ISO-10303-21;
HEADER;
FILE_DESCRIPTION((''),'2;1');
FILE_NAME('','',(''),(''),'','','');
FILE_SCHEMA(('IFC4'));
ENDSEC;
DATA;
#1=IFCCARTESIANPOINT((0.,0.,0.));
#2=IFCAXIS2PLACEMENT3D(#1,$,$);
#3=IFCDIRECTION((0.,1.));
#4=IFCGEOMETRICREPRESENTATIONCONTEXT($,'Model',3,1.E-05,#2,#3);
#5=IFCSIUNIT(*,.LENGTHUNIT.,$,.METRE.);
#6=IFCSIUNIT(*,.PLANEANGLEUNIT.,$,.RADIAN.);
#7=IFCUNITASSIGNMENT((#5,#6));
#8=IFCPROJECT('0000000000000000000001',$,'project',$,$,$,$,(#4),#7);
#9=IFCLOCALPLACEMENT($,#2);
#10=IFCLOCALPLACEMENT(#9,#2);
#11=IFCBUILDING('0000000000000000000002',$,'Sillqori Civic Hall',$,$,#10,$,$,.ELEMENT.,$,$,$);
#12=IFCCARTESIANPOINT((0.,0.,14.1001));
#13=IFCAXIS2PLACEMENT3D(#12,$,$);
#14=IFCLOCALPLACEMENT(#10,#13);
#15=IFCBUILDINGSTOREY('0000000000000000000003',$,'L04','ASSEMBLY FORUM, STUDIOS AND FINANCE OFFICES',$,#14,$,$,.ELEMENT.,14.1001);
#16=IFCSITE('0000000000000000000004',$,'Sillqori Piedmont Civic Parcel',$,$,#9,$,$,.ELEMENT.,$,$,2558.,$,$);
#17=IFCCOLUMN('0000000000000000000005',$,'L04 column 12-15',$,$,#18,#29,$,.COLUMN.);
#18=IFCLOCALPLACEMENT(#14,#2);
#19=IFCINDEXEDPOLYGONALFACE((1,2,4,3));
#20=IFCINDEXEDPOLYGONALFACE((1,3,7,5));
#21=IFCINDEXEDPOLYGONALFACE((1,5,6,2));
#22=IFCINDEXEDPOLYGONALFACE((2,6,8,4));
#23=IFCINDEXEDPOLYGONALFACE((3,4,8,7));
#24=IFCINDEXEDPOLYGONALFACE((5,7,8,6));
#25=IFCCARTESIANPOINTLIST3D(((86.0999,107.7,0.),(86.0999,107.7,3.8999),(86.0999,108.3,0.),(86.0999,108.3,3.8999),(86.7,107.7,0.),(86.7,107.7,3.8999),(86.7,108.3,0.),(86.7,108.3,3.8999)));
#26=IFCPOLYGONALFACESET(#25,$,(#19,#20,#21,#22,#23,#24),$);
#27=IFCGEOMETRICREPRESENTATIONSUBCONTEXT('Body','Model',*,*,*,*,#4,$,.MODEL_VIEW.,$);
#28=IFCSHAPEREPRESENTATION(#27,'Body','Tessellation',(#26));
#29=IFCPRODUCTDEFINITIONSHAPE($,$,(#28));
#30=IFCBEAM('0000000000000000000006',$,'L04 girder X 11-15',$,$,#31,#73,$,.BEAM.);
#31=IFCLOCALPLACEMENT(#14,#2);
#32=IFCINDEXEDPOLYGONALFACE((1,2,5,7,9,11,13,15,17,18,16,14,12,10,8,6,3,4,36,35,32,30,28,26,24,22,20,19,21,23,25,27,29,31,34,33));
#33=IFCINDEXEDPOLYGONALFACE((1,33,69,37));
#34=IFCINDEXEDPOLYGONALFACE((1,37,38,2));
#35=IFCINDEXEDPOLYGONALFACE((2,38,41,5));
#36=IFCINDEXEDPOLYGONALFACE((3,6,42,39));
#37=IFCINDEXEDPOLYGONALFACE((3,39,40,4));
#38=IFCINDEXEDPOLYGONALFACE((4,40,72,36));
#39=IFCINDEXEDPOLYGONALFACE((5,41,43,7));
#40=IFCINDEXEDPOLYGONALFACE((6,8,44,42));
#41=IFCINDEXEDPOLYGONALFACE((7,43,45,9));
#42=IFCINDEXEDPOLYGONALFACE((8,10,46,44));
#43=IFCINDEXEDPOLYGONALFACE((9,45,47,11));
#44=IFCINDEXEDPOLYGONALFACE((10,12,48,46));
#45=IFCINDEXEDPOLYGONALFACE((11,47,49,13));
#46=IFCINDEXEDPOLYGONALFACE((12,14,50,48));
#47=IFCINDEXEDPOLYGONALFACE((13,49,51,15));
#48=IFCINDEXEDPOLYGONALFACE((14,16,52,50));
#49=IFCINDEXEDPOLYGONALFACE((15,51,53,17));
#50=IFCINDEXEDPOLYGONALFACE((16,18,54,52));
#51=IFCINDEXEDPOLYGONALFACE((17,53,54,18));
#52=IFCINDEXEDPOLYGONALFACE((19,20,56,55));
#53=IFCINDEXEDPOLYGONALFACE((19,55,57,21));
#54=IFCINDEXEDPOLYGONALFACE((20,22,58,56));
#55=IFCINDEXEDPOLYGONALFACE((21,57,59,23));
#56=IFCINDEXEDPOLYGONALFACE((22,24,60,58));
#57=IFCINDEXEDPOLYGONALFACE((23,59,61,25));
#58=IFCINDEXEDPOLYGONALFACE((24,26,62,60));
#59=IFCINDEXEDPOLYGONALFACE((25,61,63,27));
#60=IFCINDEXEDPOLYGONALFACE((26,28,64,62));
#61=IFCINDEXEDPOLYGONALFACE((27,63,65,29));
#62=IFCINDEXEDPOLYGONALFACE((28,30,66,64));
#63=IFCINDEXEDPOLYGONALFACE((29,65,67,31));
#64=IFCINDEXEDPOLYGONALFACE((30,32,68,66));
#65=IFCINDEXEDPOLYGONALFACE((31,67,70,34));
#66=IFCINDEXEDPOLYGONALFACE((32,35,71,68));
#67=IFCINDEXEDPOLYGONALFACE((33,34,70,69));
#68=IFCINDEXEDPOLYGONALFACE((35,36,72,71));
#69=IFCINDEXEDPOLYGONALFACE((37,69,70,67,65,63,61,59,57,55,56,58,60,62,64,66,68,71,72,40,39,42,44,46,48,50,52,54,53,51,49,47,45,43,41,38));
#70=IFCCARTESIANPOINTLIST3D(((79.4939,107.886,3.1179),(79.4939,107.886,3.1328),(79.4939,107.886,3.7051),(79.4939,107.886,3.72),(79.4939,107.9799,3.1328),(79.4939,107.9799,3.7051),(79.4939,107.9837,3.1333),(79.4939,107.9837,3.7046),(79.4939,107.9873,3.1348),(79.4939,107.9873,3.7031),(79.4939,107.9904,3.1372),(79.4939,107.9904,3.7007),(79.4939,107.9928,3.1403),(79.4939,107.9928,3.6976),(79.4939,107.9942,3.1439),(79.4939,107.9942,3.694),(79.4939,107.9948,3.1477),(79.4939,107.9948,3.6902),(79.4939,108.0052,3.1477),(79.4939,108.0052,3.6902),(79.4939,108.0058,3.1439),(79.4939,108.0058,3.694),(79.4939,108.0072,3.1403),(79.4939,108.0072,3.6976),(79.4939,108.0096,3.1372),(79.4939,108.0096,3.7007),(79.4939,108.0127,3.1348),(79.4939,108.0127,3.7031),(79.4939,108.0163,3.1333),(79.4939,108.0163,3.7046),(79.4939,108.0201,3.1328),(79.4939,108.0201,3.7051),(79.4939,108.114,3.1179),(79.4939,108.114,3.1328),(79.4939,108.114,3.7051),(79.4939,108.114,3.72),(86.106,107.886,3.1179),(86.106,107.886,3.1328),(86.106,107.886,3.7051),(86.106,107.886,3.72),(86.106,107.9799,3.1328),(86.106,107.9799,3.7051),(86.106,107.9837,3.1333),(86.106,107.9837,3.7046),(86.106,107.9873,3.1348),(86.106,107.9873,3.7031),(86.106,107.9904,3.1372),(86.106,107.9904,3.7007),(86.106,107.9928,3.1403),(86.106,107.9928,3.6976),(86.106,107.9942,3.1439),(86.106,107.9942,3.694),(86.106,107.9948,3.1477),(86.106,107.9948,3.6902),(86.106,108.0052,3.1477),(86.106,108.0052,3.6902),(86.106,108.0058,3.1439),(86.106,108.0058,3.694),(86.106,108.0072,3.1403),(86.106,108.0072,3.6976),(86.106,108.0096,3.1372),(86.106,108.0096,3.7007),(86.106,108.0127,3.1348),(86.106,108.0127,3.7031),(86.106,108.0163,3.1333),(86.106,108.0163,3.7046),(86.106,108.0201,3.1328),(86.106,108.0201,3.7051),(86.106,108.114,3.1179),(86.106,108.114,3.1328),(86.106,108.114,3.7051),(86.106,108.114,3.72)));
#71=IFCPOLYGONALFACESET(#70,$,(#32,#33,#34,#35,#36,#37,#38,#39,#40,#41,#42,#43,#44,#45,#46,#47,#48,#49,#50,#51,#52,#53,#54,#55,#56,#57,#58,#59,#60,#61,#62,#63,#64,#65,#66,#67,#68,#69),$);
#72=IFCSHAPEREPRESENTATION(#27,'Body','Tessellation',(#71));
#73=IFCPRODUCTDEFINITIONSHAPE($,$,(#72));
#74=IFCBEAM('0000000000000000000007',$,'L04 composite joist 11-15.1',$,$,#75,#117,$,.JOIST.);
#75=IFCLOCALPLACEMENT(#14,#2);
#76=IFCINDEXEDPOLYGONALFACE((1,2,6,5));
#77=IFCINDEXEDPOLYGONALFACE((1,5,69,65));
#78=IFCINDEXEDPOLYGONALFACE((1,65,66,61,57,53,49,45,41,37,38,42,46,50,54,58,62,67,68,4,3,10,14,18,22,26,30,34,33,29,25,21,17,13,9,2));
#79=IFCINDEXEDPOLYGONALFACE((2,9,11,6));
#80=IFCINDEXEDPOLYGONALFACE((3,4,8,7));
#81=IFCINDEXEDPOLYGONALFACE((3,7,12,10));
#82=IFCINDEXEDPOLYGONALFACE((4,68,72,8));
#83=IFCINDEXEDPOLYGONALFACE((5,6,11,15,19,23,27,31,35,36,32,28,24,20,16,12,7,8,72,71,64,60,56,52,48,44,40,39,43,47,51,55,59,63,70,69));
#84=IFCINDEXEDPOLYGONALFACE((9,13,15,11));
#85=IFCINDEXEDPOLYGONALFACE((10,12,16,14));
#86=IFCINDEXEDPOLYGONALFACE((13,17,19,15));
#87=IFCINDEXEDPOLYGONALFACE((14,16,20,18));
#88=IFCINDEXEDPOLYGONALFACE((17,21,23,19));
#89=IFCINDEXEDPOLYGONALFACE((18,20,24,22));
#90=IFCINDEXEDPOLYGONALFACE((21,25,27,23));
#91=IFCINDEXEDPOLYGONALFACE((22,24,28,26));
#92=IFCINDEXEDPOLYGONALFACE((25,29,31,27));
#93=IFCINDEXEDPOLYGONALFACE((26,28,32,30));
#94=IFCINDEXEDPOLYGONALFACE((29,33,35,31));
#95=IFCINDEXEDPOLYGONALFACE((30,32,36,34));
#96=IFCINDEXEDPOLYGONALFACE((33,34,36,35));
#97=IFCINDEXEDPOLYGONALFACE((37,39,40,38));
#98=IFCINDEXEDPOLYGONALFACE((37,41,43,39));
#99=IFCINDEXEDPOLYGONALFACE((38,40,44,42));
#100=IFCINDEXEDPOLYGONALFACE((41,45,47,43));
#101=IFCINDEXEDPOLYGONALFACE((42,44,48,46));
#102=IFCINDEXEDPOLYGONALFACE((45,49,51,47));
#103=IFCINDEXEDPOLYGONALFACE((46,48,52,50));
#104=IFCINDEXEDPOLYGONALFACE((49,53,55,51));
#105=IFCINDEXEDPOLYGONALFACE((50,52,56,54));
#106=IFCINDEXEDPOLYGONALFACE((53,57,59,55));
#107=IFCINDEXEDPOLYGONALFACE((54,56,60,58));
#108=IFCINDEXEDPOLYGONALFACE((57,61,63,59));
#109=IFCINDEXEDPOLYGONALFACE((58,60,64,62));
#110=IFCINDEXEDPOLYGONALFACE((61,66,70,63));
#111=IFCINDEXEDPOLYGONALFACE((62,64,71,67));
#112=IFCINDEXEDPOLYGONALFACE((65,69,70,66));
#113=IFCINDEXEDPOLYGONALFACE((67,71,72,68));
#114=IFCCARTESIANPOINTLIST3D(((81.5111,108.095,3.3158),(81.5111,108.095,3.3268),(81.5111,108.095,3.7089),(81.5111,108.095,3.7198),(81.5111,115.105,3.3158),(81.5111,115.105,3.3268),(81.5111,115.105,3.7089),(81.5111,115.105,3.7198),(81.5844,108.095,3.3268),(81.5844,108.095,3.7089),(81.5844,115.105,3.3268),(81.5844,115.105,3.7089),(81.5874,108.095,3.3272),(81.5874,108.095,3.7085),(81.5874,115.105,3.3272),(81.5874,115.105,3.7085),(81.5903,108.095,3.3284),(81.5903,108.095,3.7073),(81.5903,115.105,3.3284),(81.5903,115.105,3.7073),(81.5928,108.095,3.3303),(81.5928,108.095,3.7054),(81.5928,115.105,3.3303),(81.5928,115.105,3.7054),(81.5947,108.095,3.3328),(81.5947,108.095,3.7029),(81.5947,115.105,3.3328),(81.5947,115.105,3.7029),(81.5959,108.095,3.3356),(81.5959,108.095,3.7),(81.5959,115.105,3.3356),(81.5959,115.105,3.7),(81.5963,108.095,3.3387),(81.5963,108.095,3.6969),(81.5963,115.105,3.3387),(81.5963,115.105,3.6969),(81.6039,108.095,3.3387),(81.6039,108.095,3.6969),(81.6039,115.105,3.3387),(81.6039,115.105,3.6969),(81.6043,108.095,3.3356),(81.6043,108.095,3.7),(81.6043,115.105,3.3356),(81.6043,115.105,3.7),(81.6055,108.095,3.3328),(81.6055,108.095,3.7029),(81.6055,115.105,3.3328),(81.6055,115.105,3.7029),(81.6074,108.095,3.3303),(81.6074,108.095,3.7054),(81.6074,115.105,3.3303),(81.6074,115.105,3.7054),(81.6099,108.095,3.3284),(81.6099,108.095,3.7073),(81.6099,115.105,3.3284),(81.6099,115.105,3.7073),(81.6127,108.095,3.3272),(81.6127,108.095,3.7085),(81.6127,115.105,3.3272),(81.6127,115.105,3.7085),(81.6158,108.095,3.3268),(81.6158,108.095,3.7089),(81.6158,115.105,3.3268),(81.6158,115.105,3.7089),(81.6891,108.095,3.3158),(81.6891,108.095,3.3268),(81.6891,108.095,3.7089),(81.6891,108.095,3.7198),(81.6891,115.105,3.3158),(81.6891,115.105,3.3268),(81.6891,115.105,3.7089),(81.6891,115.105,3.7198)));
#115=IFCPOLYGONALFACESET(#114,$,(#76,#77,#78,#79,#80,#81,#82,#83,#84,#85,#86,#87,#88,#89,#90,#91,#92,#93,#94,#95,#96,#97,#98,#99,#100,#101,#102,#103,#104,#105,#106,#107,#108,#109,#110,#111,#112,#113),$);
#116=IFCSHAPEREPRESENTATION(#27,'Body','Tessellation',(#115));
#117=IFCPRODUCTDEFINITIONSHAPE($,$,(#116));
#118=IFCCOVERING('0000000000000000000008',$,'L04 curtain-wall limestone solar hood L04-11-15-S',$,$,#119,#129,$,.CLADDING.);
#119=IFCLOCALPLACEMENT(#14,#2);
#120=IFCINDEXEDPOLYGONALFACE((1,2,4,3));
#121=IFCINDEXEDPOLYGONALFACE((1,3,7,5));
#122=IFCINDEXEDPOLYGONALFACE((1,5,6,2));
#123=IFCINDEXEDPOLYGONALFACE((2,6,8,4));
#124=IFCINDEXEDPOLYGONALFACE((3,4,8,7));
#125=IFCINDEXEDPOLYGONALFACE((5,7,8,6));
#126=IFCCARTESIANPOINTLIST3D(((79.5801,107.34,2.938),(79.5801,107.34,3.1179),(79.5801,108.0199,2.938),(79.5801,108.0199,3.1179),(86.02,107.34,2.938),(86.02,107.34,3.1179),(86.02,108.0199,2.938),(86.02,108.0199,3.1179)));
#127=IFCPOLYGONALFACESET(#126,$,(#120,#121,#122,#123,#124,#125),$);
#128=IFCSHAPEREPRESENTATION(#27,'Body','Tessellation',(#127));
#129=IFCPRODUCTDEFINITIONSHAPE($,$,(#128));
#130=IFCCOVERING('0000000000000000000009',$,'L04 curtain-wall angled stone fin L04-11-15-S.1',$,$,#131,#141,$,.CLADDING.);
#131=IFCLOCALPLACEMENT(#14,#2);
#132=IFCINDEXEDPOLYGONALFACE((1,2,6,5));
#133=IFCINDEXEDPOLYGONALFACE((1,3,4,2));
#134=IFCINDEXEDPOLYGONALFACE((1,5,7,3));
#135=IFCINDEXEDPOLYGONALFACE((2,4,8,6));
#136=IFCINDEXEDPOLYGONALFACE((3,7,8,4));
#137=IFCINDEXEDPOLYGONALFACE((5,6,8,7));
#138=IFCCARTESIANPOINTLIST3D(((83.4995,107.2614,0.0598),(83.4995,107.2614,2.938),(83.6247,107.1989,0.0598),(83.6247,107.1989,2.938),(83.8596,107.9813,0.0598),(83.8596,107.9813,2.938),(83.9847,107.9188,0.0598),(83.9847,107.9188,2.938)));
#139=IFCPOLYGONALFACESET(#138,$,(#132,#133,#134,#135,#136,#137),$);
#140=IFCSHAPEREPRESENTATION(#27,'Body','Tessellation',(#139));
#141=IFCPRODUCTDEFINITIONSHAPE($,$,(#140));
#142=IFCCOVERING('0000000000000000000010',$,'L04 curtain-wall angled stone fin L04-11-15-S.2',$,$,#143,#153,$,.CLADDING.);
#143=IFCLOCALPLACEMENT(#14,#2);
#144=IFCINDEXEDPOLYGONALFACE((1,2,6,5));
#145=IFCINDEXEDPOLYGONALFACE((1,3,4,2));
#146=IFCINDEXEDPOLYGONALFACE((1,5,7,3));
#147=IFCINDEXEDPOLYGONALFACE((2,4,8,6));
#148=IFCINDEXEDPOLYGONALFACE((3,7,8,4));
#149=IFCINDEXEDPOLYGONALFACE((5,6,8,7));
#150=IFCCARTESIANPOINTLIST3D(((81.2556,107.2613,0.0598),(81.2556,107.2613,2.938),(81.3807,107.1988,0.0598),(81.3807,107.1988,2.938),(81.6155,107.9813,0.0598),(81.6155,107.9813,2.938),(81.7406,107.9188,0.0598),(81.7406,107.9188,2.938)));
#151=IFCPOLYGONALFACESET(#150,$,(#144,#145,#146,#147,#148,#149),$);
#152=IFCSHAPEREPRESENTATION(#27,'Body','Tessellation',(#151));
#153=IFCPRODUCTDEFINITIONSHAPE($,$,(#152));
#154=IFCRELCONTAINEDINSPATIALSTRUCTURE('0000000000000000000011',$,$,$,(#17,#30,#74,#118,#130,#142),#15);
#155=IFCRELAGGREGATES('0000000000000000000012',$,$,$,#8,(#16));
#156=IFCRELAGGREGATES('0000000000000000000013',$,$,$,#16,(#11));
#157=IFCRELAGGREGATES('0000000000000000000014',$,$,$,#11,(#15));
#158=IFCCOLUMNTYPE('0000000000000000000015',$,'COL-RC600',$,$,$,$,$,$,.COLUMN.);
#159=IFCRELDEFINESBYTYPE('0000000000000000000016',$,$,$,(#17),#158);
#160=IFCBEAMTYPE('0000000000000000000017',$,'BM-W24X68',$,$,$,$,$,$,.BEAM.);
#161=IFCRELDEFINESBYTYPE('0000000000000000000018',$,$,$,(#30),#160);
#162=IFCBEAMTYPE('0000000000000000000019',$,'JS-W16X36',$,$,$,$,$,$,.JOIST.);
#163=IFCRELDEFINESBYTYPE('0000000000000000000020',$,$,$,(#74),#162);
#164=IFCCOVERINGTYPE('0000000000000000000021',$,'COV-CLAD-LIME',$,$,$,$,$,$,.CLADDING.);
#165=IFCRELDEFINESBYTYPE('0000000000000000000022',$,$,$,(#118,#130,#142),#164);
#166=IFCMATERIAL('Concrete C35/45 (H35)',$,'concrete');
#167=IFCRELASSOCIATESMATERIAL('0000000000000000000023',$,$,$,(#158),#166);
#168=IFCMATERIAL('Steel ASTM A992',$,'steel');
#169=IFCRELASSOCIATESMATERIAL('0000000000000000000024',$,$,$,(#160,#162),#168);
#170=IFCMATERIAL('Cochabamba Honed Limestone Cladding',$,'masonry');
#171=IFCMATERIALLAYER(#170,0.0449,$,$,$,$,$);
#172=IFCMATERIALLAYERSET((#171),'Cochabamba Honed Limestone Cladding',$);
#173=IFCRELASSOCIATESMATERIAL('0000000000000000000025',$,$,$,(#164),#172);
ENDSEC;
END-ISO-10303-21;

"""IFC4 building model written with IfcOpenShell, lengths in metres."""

from ifc_helpers import new_model, si_unit, direction, frame, frame_2d, origin, origin_2d, place, context, subcontext, project, spatial, rectangle, i_section, extrude, material, layer, layer_set, material_profile, profile_set, type_object, element, save


model = new_model("IFC4")

# Units and contexts
model_context = context("Model", 3, precision=1e-05, world=origin(), true_north=direction((0.0, 1.0)))
body_context = subcontext(model_context, "Body", "Model", "MODEL_VIEW")
ifc_project = project(units=[si_unit("LENGTHUNIT", "METRE"), si_unit("PLANEANGLEUNIT", "RADIAN")], contexts=[model_context])

# Site, building, storey
site_placement = place(None, origin())
site = spatial("IfcSite", under=ifc_project, at=site_placement, Name="Sillqori Piedmont Civic Parcel", CompositionType="ELEMENT", RefElevation=2558.0)
building_placement = place(site_placement, origin())
building = spatial("IfcBuilding", under=site, at=building_placement, Name="Sillqori Civic Hall", CompositionType="ELEMENT")
storey_placement = place(building_placement, frame((0.0, 0.0, 14.1001)))
storey = spatial("IfcBuildingStorey", under=building, at=storey_placement, Name="L04", Description="ASSEMBLY FORUM, STUDIOS AND FINANCE OFFICES", CompositionType="ELEMENT", Elevation=14.1001)

# Column
ifc_material_1 = material(Name="Concrete C35/45 (H35)", Category="concrete")
ifc_material_profile_1 = material_profile(ifc_material_1, rectangle(XDim=0.6001, YDim=0.6001, at=origin_2d()), Name="RC 600x600")
ifc_profile_set_1 = profile_set([ifc_material_profile_1], Name="Concrete C35/45 (H35)")
column_type = type_object("IfcColumnType", Name="COL-RC600", PredefinedType="COLUMN", material=ifc_profile_set_1)
column_placement = place(storey_placement, frame((86.3999, 108.0, 0.0), z_axis=(0.0, 0.0, 1.0), x_axis=(1.0, 0.0, 0.0)))
element("IfcColumn", 1, at=column_placement, inside=storey, type_object=column_type, Name="L04 column 12-15", PredefinedType="COLUMN", context=body_context, shape_type="SweptSolid", body=[
    extrude(rectangle(XDim=0.6001, YDim=0.6001, at=origin_2d()), origin(), (0.0, 0.0, 1.0), 3.8999),
])

# Beam
ifc_material_2 = material(Name="Steel ASTM A992", Category="steel")
ifc_material_profile_2 = material_profile(ifc_material_2, i_section(OverallWidth=0.228, OverallDepth=0.6021, WebThickness=0.0105, FlangeThickness=0.0149, FilletRadius=0.0149, at=origin_2d()), Name="W24X68")
ifc_profile_set_2 = profile_set([ifc_material_profile_2], Name="Steel ASTM A992")
beam_type_1 = type_object("IfcBeamType", Name="BM-W24X68", PredefinedType="BEAM", material=ifc_profile_set_2)
beam_1_placement = place(storey_placement, frame((79.4939, 108.0, 3.4189), z_axis=(1.0, 0.0, 0.0), x_axis=(0.0, 1.0, 0.0)))
element("IfcBeam", 2, at=beam_1_placement, inside=storey, type_object=beam_type_1, Name="L04 girder X 11-15", PredefinedType="BEAM", context=body_context, shape_type="SweptSolid", body=[
    extrude(i_section(OverallWidth=0.228, OverallDepth=0.6021, WebThickness=0.0105, FlangeThickness=0.0149, FilletRadius=0.0149, at=origin_2d()), origin(), (0.0, 0.0, 1.0), 6.6121),
])

# Beam
ifc_material_profile_3 = material_profile(ifc_material_2, i_section(OverallWidth=0.178, OverallDepth=0.4041, WebThickness=0.0076, FlangeThickness=0.011, FilletRadius=0.012, at=origin_2d()), Name="W16X36")
ifc_profile_set_3 = profile_set([ifc_material_profile_3], Name="Steel ASTM A992")
beam_type_2 = type_object("IfcBeamType", Name="JS-W16X36", PredefinedType="JOIST", material=ifc_profile_set_3)
beam_2_placement = place(storey_placement, frame((81.6001, 108.095, 3.5178), z_axis=(0.0, 1.0, 0.0), x_axis=(-1.0, 0.0, 0.0)))
element("IfcBeam", 3, at=beam_2_placement, inside=storey, type_object=beam_type_2, Name="L04 composite joist 11-15.1", PredefinedType="JOIST", context=body_context, shape_type="SweptSolid", body=[
    extrude(i_section(OverallWidth=0.178, OverallDepth=0.4041, WebThickness=0.0076, FlangeThickness=0.011, FilletRadius=0.012, at=origin_2d()), origin(), (0.0, 0.0, 1.0), 7.01),
])

# Coverings
ifc_material_3 = material(Name="Cochabamba Honed Limestone Cladding", Category="masonry")
ifc_layer_1 = layer(ifc_material_3, 0.0449)
ifc_layer_set_1 = layer_set([ifc_layer_1], Name="Cochabamba Honed Limestone Cladding")
covering_type = type_object("IfcCoveringType", Name="COV-CLAD-LIME", PredefinedType="CLADDING", material=ifc_layer_set_1)
covering_placement = place(storey_placement, frame((86.02, 107.6799, 2.938), z_axis=(0.0, 0.0, 1.0), x_axis=(-1.0, 0.0, 0.0)))
element("IfcCovering", 4, at=covering_placement, inside=storey, type_object=covering_type, Name="L04 curtain-wall limestone solar hood L04-11-15-S", PredefinedType="CLADDING", context=body_context, shape_type="SweptSolid", body=[
    extrude(rectangle(XDim=6.4399, YDim=0.6799, at=frame_2d((3.22, 0.0))), origin(), (0.0, 0.0, 1.0), 0.1799),
])
for number, where, z_axis, x_axis, name in (
    (5, (83.9221, 107.95, 0.0598), (0.0, 0.0, 1.0), (-0.447335, -0.894367, 0.0), "L04 curtain-wall angled stone fin L04-11-15-S.1"),
    (6, (81.678, 107.95, 0.0598), (0.0, 0.0, 1.0), (-0.447092, -0.894488, 0.0), "L04 curtain-wall angled stone fin L04-11-15-S.2"),
):
    element("IfcCovering", number, at=place(storey_placement, frame(where, z_axis=z_axis, x_axis=x_axis)), inside=storey, type_object=covering_type, Name=name, PredefinedType="CLADDING", context=body_context, shape_type="SweptSolid", body=[
        extrude(rectangle(XDim=0.8049, YDim=0.1399, at=frame_2d((0.4023, 0.0))), origin(), (0.0, 0.0, 1.0), 2.8782),
    ])

save(model, "model.ifc")
